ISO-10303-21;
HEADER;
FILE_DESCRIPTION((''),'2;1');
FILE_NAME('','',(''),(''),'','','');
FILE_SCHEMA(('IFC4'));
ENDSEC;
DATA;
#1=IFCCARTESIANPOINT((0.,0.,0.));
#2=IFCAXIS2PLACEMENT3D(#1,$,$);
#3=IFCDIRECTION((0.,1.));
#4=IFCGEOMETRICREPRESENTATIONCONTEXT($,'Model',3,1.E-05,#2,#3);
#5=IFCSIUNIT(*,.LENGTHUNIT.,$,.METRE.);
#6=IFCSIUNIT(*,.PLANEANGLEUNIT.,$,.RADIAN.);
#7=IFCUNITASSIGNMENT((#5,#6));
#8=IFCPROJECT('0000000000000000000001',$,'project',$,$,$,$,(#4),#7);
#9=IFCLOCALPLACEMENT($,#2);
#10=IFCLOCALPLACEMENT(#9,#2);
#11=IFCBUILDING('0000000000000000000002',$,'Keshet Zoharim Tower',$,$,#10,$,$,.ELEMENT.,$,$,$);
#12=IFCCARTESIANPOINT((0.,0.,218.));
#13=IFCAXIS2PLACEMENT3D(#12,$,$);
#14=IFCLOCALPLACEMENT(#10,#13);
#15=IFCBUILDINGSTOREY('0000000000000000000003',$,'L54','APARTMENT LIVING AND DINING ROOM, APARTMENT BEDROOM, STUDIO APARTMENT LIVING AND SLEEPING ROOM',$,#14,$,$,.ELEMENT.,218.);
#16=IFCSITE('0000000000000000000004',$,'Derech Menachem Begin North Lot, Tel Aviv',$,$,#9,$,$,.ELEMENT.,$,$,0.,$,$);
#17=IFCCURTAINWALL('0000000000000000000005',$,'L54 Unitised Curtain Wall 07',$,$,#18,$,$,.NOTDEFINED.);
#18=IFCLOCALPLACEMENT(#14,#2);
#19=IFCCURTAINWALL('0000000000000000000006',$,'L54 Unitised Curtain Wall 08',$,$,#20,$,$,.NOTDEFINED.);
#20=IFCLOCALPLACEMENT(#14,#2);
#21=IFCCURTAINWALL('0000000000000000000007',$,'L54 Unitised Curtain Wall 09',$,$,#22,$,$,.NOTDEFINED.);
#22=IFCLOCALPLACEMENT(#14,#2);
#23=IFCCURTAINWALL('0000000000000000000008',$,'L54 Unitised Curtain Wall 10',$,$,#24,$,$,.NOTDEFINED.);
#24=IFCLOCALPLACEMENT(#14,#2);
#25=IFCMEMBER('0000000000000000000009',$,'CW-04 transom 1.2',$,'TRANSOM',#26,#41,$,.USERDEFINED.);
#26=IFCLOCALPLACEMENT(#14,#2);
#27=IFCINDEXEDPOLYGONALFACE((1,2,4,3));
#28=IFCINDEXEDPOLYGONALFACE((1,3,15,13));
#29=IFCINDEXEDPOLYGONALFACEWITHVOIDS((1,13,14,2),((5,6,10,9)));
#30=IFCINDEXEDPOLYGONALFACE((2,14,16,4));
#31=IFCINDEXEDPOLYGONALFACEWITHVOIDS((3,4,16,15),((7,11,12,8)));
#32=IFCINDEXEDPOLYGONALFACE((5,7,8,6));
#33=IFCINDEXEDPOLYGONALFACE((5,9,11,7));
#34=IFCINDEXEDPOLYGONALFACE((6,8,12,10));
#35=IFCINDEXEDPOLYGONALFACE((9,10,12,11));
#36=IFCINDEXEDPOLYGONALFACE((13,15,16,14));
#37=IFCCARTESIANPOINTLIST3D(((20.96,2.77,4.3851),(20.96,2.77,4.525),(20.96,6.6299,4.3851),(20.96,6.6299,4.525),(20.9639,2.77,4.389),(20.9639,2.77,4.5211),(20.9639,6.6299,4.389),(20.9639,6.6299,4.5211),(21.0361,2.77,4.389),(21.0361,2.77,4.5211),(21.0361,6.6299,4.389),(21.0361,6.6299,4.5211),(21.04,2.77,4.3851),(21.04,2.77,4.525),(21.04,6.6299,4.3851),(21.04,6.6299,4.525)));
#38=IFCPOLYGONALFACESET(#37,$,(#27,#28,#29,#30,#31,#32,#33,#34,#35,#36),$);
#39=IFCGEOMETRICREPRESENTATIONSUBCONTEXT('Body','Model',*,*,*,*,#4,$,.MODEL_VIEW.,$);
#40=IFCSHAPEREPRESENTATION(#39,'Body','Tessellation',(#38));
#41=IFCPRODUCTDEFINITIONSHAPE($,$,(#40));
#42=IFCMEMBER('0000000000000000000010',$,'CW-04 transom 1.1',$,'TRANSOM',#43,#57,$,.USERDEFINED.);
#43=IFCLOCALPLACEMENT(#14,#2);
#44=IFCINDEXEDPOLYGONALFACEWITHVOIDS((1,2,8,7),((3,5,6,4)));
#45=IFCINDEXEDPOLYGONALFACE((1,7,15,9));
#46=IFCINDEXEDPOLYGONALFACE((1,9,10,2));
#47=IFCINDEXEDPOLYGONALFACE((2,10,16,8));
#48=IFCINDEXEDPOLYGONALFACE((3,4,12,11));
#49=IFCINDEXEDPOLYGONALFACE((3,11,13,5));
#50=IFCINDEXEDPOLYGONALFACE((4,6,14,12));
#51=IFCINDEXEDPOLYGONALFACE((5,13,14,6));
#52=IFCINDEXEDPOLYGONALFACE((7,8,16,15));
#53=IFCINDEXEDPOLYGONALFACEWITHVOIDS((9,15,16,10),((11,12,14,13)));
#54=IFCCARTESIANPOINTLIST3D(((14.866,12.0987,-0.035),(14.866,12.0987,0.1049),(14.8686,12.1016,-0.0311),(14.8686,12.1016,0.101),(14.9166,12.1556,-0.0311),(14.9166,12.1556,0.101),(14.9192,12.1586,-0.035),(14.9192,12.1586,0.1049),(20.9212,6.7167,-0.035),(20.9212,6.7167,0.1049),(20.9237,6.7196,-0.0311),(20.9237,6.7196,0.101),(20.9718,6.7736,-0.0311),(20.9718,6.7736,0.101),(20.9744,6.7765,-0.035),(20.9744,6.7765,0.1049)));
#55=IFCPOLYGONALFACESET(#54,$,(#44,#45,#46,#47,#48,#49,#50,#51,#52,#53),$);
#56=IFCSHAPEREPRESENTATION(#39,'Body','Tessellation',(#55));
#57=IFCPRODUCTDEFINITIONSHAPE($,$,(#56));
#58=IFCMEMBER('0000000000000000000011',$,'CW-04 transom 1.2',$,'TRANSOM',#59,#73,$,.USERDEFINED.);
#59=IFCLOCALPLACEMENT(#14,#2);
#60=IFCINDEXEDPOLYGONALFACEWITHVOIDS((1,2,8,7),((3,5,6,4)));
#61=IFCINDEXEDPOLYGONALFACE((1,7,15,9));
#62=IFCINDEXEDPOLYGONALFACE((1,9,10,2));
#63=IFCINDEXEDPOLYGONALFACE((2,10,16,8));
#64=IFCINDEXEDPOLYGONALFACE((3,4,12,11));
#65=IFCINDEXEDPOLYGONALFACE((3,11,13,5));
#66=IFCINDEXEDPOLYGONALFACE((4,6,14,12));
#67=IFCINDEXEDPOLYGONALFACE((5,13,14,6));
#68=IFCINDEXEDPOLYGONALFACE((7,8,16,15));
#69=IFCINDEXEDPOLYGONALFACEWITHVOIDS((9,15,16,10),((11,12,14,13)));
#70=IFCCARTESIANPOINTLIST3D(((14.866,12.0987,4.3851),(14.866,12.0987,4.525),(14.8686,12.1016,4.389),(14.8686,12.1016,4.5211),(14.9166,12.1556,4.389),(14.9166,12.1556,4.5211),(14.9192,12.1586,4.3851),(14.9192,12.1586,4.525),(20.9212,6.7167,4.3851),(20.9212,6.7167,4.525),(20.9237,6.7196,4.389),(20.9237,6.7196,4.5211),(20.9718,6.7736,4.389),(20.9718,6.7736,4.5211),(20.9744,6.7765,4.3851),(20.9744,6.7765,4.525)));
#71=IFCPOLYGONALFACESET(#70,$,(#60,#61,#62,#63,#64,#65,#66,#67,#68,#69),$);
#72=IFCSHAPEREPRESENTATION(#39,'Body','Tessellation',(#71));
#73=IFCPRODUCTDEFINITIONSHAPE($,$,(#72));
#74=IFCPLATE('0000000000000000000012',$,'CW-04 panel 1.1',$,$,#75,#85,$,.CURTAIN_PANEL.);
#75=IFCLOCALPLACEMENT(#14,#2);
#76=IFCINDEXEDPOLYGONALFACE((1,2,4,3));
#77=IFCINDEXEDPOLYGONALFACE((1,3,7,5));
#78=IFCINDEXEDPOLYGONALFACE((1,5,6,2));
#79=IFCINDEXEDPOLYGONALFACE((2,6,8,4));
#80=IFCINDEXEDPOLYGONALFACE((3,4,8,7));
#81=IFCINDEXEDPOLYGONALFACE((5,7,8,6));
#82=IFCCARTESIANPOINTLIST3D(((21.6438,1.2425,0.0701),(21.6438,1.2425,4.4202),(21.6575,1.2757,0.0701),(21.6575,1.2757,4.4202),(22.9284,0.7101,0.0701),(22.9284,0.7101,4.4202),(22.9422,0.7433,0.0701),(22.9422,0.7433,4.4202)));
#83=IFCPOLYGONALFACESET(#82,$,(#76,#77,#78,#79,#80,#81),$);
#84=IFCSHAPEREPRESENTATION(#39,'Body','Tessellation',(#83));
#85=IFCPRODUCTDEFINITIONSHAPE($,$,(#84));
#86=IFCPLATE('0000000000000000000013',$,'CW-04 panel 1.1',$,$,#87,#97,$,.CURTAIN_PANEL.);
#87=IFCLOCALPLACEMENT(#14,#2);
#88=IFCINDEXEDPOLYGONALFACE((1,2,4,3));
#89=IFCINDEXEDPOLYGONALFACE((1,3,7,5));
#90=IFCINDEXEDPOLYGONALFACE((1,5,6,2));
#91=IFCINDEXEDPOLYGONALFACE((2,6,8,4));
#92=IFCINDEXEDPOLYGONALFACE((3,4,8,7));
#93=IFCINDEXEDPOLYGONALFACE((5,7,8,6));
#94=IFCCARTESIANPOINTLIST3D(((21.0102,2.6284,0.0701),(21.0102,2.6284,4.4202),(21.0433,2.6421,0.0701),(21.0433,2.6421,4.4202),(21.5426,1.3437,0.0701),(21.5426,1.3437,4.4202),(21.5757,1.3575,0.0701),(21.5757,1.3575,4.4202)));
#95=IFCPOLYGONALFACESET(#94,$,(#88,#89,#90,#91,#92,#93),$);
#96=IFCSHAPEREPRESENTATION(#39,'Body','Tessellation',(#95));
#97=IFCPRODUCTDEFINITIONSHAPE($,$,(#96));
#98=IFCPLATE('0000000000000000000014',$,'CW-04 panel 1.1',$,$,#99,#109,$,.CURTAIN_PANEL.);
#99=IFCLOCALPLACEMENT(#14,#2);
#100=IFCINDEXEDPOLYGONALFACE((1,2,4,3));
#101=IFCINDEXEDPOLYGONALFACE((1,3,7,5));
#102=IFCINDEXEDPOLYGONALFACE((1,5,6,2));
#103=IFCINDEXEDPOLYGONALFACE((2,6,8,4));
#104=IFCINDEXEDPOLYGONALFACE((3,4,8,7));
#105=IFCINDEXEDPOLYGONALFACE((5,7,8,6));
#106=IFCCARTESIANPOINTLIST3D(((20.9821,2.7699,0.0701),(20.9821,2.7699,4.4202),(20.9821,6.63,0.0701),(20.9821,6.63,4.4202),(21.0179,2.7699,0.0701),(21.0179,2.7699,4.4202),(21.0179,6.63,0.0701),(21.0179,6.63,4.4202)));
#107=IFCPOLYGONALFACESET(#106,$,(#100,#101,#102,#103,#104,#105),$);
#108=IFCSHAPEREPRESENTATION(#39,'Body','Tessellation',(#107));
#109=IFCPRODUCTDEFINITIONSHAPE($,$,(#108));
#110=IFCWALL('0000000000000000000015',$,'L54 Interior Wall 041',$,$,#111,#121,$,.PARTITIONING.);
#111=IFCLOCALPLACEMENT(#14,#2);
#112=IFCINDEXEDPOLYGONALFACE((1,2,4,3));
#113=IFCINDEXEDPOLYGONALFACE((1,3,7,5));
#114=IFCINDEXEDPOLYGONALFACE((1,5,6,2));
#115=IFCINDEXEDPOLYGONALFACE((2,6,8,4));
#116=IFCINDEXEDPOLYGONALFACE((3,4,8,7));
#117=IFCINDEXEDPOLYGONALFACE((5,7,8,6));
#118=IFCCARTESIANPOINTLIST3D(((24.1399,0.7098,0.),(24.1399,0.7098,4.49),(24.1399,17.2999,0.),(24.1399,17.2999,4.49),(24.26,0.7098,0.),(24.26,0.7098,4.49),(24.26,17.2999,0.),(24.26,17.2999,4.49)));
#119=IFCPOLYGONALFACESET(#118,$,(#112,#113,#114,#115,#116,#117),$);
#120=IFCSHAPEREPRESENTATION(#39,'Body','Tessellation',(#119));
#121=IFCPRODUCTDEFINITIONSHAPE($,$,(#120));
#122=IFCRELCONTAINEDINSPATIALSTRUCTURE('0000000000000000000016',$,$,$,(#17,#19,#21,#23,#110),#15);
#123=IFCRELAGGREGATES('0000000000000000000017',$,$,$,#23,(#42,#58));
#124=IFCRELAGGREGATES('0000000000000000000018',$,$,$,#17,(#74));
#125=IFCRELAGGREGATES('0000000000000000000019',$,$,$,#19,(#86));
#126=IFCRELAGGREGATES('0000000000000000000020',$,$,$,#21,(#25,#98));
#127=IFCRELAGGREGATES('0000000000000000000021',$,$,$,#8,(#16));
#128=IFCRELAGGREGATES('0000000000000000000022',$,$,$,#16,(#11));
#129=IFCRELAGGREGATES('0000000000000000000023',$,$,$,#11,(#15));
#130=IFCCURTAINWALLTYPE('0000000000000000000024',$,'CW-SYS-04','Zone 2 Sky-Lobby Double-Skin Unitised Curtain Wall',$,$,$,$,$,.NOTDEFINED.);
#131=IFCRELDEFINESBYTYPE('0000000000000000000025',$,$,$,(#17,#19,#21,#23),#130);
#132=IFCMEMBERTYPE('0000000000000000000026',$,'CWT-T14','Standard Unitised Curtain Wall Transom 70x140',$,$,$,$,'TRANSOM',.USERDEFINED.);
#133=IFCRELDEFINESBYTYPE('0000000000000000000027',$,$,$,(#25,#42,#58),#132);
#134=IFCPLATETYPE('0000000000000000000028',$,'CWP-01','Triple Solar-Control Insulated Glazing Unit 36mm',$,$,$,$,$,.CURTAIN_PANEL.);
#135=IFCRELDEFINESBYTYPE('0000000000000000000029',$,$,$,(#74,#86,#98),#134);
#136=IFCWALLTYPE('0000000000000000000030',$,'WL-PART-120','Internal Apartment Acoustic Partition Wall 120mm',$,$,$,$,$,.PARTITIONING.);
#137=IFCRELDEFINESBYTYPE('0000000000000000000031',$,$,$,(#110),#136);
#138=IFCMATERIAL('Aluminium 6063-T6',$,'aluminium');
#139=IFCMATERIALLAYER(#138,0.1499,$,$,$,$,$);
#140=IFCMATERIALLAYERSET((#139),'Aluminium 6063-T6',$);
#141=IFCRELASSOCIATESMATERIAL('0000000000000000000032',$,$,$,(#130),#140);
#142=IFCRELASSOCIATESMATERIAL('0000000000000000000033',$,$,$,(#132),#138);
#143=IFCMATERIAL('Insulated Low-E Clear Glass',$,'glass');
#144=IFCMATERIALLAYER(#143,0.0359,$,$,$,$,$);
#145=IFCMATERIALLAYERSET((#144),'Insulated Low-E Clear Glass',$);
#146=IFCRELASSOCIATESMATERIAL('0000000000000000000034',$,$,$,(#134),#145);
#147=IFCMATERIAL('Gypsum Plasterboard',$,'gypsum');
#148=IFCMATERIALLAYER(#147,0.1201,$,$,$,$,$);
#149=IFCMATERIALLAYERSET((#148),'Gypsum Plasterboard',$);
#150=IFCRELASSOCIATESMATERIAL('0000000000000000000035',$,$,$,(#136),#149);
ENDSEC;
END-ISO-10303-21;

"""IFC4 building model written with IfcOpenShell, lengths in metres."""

from ifc_helpers import new_model, si_unit, direction, frame, frame_2d, origin, origin_2d, place, context, subcontext, project, spatial, rectangle, hollow_rectangle, extrude, material, layer, layer_set, material_profile, profile_set, type_object, element, aggregate, save


model = new_model("IFC4")

# Units and contexts
model_context = context("Model", 3, precision=1e-05, world=origin(), true_north=direction((0.0, 1.0)))
body_context = subcontext(model_context, "Body", "Model", "MODEL_VIEW")
ifc_project = project(units=[si_unit("LENGTHUNIT", "METRE"), si_unit("PLANEANGLEUNIT", "RADIAN")], contexts=[model_context])

# Site, building, storey
site_placement = place(None, origin())
site = spatial("IfcSite", under=ifc_project, at=site_placement, Name="Derech Menachem Begin North Lot, Tel Aviv", CompositionType="ELEMENT", RefElevation=0.0)
building_placement = place(site_placement, origin())
building = spatial("IfcBuilding", under=site, at=building_placement, Name="Keshet Zoharim Tower", CompositionType="ELEMENT")
storey_placement = place(building_placement, frame((0.0, 0.0, 218.0)))
storey = spatial("IfcBuildingStorey", under=building, at=storey_placement, Name="L54", Description="APARTMENT LIVING AND DINING ROOM, APARTMENT BEDROOM, STUDIO APARTMENT LIVING AND SLEEPING ROOM", CompositionType="ELEMENT", Elevation=218.0)

# Shared definitions
ifc_material_1 = material(Name="Aluminium 6063-T6", Category="aluminium")
ifc_layer_1 = layer(ifc_material_1, 0.1499)
ifc_layer_set_1 = layer_set([ifc_layer_1], Name="Aluminium 6063-T6")
curtain_wall_type = type_object("IfcCurtainWallType", Name="CW-SYS-04", Description="Zone 2 Sky-Lobby Double-Skin Unitised Curtain Wall", PredefinedType="NOTDEFINED", material=ifc_layer_set_1)

# Curtain walls
curtain_wall_1_placement = place(storey_placement, origin())
curtain_wall_1 = element("IfcCurtainWall", 1, at=curtain_wall_1_placement, inside=storey, type_object=curtain_wall_type, Name="L54 Unitised Curtain Wall 07", PredefinedType="NOTDEFINED")
curtain_wall_2_placement = place(storey_placement, origin())
curtain_wall_2 = element("IfcCurtainWall", 2, at=curtain_wall_2_placement, inside=storey, type_object=curtain_wall_type, Name="L54 Unitised Curtain Wall 08", PredefinedType="NOTDEFINED")
curtain_wall_3_placement = place(storey_placement, origin())
curtain_wall_3 = element("IfcCurtainWall", 3, at=curtain_wall_3_placement, inside=storey, type_object=curtain_wall_type, Name="L54 Unitised Curtain Wall 09", PredefinedType="NOTDEFINED")

# Curtain wall
curtain_wall_4_placement = place(storey_placement, origin())
curtain_wall_4 = element("IfcCurtainWall", 4, at=curtain_wall_4_placement, inside=storey, type_object=curtain_wall_type, Name="L54 Unitised Curtain Wall 10", PredefinedType="NOTDEFINED")

# Members
ifc_material_profile_1 = material_profile(ifc_material_1, hollow_rectangle(XDim=0.0801, YDim=0.1399, WallThickness=0.0039, at=origin_2d()), Name="TRN-80x140")
ifc_profile_set_1 = profile_set([ifc_material_profile_1], Name="Aluminium 6063-T6")
member_type_1 = type_object("IfcMemberType", Name="CWT-T14", Description="Standard Unitised Curtain Wall Transom 70x140", ElementType="TRANSOM", PredefinedType="USERDEFINED", material=ifc_profile_set_1)
member_1_placement = place(storey_placement, frame((21.0, 2.77, 4.4551), z_axis=(0.0, 1.0, 0.0), x_axis=(-1.0, 0.0, 0.0)))
member_1 = element("IfcMember", 5, at=member_1_placement, type_object=member_type_1, Name="CW-04 transom 1.2", ObjectType="TRANSOM", PredefinedType="USERDEFINED", context=body_context, shape_type="SweptSolid", body=[
    extrude(hollow_rectangle(XDim=0.0801, YDim=0.1399, WallThickness=0.0039, at=origin_2d()), origin(), (0.0, 0.0, 1.0), 3.8599),
])
member_2_placement = place(storey_placement, frame((20.9478, 6.7466, 0.0349), z_axis=(-0.747428, 0.664343, 0.0), x_axis=(-0.664343, -0.747428, 0.0)))
member_2 = element("IfcMember", 6, at=member_2_placement, type_object=member_type_1, Name="CW-04 transom 1.1", ObjectType="TRANSOM", PredefinedType="USERDEFINED", context=body_context, shape_type="SweptSolid", body=[
    extrude(hollow_rectangle(XDim=0.0801, YDim=0.1399, WallThickness=0.0039, at=origin_2d()), origin(), (0.0, 0.0, 1.0), 8.1013),
])
member_3_placement = place(storey_placement, frame((20.9478, 6.7466, 4.4551), z_axis=(-0.747428, 0.664343, 0.0), x_axis=(-0.664343, -0.747428, 0.0)))
member_3 = element("IfcMember", 7, at=member_3_placement, type_object=member_type_1, Name="CW-04 transom 1.2", ObjectType="TRANSOM", PredefinedType="USERDEFINED", context=body_context, shape_type="SweptSolid", body=[
    extrude(hollow_rectangle(XDim=0.0801, YDim=0.1399, WallThickness=0.0039, at=origin_2d()), origin(), (0.0, 0.0, 1.0), 8.1013),
])
aggregate(curtain_wall_4, [member_2, member_3])

# Plates
ifc_material_2 = material(Name="Insulated Low-E Clear Glass", Category="glass")
ifc_layer_2 = layer(ifc_material_2, 0.0359)
ifc_layer_set_2 = layer_set([ifc_layer_2], Name="Insulated Low-E Clear Glass")
plate_type = type_object("IfcPlateType", Name="CWP-01", Description="Triple Solar-Control Insulated Glazing Unit 36mm", PredefinedType="CURTAIN_PANEL", material=ifc_layer_set_2)
plate_1_placement = place(storey_placement, frame((22.293, 0.9929, 0.0701), z_axis=(0.0, 0.0, 1.0), x_axis=(-0.92381, 0.382852, 0.0)))
plate_1 = element("IfcPlate", 8, at=plate_1_placement, type_object=plate_type, Name="CW-04 panel 1.1", PredefinedType="CURTAIN_PANEL", context=body_context, shape_type="SweptSolid", body=[
    extrude(rectangle(XDim=1.3906, YDim=0.0359, at=origin_2d()), origin(), (0.0, 0.0, 1.0), 4.3501),
])
aggregate(curtain_wall_1, [plate_1])
plate_2_placement = place(storey_placement, frame((21.293, 1.9929, 0.0701), z_axis=(0.0, 0.0, 1.0), x_axis=(-0.382852, 0.92381, 0.0)))
plate_2 = element("IfcPlate", 9, at=plate_2_placement, type_object=plate_type, Name="CW-04 panel 1.1", PredefinedType="CURTAIN_PANEL", context=body_context, shape_type="SweptSolid", body=[
    extrude(rectangle(XDim=1.3906, YDim=0.0359, at=origin_2d()), origin(), (0.0, 0.0, 1.0), 4.3501),
])
aggregate(curtain_wall_2, [plate_2])
plate_3_placement = place(storey_placement, frame((21.0, 4.7, 0.0701), z_axis=(0.0, 0.0, 1.0), x_axis=(0.0, 1.0, 0.0)))
plate_3 = element("IfcPlate", 10, at=plate_3_placement, type_object=plate_type, Name="CW-04 panel 1.1", PredefinedType="CURTAIN_PANEL", context=body_context, shape_type="SweptSolid", body=[
    extrude(rectangle(XDim=3.8601, YDim=0.0359, at=origin_2d()), origin(), (0.0, 0.0, 1.0), 4.3501),
])
aggregate(curtain_wall_3, [member_1, plate_3])

# Wall
ifc_material_3 = material(Name="Gypsum Plasterboard", Category="gypsum")
ifc_layer_3 = layer(ifc_material_3, 0.1201)
ifc_layer_set_3 = layer_set([ifc_layer_3], Name="Gypsum Plasterboard")
wall_type = type_object("IfcWallType", Name="WL-PART-120", Description="Internal Apartment Acoustic Partition Wall 120mm", PredefinedType="PARTITIONING", material=ifc_layer_set_3)
wall_placement = place(storey_placement, frame((24.2, 0.71, 0.0), z_axis=(0.0, 0.0, 1.0), x_axis=(0.0, 1.0, 0.0)))
element("IfcWall", 11, at=wall_placement, inside=storey, type_object=wall_type, Name="L54 Interior Wall 041", PredefinedType="PARTITIONING", context=body_context, shape_type="SweptSolid", body=[
    extrude(rectangle(XDim=16.5901, YDim=0.1201, at=frame_2d((8.2949, 0.0))), origin(), (0.0, 0.0, 1.0), 4.49),
])

save(model, "model.ifc")
